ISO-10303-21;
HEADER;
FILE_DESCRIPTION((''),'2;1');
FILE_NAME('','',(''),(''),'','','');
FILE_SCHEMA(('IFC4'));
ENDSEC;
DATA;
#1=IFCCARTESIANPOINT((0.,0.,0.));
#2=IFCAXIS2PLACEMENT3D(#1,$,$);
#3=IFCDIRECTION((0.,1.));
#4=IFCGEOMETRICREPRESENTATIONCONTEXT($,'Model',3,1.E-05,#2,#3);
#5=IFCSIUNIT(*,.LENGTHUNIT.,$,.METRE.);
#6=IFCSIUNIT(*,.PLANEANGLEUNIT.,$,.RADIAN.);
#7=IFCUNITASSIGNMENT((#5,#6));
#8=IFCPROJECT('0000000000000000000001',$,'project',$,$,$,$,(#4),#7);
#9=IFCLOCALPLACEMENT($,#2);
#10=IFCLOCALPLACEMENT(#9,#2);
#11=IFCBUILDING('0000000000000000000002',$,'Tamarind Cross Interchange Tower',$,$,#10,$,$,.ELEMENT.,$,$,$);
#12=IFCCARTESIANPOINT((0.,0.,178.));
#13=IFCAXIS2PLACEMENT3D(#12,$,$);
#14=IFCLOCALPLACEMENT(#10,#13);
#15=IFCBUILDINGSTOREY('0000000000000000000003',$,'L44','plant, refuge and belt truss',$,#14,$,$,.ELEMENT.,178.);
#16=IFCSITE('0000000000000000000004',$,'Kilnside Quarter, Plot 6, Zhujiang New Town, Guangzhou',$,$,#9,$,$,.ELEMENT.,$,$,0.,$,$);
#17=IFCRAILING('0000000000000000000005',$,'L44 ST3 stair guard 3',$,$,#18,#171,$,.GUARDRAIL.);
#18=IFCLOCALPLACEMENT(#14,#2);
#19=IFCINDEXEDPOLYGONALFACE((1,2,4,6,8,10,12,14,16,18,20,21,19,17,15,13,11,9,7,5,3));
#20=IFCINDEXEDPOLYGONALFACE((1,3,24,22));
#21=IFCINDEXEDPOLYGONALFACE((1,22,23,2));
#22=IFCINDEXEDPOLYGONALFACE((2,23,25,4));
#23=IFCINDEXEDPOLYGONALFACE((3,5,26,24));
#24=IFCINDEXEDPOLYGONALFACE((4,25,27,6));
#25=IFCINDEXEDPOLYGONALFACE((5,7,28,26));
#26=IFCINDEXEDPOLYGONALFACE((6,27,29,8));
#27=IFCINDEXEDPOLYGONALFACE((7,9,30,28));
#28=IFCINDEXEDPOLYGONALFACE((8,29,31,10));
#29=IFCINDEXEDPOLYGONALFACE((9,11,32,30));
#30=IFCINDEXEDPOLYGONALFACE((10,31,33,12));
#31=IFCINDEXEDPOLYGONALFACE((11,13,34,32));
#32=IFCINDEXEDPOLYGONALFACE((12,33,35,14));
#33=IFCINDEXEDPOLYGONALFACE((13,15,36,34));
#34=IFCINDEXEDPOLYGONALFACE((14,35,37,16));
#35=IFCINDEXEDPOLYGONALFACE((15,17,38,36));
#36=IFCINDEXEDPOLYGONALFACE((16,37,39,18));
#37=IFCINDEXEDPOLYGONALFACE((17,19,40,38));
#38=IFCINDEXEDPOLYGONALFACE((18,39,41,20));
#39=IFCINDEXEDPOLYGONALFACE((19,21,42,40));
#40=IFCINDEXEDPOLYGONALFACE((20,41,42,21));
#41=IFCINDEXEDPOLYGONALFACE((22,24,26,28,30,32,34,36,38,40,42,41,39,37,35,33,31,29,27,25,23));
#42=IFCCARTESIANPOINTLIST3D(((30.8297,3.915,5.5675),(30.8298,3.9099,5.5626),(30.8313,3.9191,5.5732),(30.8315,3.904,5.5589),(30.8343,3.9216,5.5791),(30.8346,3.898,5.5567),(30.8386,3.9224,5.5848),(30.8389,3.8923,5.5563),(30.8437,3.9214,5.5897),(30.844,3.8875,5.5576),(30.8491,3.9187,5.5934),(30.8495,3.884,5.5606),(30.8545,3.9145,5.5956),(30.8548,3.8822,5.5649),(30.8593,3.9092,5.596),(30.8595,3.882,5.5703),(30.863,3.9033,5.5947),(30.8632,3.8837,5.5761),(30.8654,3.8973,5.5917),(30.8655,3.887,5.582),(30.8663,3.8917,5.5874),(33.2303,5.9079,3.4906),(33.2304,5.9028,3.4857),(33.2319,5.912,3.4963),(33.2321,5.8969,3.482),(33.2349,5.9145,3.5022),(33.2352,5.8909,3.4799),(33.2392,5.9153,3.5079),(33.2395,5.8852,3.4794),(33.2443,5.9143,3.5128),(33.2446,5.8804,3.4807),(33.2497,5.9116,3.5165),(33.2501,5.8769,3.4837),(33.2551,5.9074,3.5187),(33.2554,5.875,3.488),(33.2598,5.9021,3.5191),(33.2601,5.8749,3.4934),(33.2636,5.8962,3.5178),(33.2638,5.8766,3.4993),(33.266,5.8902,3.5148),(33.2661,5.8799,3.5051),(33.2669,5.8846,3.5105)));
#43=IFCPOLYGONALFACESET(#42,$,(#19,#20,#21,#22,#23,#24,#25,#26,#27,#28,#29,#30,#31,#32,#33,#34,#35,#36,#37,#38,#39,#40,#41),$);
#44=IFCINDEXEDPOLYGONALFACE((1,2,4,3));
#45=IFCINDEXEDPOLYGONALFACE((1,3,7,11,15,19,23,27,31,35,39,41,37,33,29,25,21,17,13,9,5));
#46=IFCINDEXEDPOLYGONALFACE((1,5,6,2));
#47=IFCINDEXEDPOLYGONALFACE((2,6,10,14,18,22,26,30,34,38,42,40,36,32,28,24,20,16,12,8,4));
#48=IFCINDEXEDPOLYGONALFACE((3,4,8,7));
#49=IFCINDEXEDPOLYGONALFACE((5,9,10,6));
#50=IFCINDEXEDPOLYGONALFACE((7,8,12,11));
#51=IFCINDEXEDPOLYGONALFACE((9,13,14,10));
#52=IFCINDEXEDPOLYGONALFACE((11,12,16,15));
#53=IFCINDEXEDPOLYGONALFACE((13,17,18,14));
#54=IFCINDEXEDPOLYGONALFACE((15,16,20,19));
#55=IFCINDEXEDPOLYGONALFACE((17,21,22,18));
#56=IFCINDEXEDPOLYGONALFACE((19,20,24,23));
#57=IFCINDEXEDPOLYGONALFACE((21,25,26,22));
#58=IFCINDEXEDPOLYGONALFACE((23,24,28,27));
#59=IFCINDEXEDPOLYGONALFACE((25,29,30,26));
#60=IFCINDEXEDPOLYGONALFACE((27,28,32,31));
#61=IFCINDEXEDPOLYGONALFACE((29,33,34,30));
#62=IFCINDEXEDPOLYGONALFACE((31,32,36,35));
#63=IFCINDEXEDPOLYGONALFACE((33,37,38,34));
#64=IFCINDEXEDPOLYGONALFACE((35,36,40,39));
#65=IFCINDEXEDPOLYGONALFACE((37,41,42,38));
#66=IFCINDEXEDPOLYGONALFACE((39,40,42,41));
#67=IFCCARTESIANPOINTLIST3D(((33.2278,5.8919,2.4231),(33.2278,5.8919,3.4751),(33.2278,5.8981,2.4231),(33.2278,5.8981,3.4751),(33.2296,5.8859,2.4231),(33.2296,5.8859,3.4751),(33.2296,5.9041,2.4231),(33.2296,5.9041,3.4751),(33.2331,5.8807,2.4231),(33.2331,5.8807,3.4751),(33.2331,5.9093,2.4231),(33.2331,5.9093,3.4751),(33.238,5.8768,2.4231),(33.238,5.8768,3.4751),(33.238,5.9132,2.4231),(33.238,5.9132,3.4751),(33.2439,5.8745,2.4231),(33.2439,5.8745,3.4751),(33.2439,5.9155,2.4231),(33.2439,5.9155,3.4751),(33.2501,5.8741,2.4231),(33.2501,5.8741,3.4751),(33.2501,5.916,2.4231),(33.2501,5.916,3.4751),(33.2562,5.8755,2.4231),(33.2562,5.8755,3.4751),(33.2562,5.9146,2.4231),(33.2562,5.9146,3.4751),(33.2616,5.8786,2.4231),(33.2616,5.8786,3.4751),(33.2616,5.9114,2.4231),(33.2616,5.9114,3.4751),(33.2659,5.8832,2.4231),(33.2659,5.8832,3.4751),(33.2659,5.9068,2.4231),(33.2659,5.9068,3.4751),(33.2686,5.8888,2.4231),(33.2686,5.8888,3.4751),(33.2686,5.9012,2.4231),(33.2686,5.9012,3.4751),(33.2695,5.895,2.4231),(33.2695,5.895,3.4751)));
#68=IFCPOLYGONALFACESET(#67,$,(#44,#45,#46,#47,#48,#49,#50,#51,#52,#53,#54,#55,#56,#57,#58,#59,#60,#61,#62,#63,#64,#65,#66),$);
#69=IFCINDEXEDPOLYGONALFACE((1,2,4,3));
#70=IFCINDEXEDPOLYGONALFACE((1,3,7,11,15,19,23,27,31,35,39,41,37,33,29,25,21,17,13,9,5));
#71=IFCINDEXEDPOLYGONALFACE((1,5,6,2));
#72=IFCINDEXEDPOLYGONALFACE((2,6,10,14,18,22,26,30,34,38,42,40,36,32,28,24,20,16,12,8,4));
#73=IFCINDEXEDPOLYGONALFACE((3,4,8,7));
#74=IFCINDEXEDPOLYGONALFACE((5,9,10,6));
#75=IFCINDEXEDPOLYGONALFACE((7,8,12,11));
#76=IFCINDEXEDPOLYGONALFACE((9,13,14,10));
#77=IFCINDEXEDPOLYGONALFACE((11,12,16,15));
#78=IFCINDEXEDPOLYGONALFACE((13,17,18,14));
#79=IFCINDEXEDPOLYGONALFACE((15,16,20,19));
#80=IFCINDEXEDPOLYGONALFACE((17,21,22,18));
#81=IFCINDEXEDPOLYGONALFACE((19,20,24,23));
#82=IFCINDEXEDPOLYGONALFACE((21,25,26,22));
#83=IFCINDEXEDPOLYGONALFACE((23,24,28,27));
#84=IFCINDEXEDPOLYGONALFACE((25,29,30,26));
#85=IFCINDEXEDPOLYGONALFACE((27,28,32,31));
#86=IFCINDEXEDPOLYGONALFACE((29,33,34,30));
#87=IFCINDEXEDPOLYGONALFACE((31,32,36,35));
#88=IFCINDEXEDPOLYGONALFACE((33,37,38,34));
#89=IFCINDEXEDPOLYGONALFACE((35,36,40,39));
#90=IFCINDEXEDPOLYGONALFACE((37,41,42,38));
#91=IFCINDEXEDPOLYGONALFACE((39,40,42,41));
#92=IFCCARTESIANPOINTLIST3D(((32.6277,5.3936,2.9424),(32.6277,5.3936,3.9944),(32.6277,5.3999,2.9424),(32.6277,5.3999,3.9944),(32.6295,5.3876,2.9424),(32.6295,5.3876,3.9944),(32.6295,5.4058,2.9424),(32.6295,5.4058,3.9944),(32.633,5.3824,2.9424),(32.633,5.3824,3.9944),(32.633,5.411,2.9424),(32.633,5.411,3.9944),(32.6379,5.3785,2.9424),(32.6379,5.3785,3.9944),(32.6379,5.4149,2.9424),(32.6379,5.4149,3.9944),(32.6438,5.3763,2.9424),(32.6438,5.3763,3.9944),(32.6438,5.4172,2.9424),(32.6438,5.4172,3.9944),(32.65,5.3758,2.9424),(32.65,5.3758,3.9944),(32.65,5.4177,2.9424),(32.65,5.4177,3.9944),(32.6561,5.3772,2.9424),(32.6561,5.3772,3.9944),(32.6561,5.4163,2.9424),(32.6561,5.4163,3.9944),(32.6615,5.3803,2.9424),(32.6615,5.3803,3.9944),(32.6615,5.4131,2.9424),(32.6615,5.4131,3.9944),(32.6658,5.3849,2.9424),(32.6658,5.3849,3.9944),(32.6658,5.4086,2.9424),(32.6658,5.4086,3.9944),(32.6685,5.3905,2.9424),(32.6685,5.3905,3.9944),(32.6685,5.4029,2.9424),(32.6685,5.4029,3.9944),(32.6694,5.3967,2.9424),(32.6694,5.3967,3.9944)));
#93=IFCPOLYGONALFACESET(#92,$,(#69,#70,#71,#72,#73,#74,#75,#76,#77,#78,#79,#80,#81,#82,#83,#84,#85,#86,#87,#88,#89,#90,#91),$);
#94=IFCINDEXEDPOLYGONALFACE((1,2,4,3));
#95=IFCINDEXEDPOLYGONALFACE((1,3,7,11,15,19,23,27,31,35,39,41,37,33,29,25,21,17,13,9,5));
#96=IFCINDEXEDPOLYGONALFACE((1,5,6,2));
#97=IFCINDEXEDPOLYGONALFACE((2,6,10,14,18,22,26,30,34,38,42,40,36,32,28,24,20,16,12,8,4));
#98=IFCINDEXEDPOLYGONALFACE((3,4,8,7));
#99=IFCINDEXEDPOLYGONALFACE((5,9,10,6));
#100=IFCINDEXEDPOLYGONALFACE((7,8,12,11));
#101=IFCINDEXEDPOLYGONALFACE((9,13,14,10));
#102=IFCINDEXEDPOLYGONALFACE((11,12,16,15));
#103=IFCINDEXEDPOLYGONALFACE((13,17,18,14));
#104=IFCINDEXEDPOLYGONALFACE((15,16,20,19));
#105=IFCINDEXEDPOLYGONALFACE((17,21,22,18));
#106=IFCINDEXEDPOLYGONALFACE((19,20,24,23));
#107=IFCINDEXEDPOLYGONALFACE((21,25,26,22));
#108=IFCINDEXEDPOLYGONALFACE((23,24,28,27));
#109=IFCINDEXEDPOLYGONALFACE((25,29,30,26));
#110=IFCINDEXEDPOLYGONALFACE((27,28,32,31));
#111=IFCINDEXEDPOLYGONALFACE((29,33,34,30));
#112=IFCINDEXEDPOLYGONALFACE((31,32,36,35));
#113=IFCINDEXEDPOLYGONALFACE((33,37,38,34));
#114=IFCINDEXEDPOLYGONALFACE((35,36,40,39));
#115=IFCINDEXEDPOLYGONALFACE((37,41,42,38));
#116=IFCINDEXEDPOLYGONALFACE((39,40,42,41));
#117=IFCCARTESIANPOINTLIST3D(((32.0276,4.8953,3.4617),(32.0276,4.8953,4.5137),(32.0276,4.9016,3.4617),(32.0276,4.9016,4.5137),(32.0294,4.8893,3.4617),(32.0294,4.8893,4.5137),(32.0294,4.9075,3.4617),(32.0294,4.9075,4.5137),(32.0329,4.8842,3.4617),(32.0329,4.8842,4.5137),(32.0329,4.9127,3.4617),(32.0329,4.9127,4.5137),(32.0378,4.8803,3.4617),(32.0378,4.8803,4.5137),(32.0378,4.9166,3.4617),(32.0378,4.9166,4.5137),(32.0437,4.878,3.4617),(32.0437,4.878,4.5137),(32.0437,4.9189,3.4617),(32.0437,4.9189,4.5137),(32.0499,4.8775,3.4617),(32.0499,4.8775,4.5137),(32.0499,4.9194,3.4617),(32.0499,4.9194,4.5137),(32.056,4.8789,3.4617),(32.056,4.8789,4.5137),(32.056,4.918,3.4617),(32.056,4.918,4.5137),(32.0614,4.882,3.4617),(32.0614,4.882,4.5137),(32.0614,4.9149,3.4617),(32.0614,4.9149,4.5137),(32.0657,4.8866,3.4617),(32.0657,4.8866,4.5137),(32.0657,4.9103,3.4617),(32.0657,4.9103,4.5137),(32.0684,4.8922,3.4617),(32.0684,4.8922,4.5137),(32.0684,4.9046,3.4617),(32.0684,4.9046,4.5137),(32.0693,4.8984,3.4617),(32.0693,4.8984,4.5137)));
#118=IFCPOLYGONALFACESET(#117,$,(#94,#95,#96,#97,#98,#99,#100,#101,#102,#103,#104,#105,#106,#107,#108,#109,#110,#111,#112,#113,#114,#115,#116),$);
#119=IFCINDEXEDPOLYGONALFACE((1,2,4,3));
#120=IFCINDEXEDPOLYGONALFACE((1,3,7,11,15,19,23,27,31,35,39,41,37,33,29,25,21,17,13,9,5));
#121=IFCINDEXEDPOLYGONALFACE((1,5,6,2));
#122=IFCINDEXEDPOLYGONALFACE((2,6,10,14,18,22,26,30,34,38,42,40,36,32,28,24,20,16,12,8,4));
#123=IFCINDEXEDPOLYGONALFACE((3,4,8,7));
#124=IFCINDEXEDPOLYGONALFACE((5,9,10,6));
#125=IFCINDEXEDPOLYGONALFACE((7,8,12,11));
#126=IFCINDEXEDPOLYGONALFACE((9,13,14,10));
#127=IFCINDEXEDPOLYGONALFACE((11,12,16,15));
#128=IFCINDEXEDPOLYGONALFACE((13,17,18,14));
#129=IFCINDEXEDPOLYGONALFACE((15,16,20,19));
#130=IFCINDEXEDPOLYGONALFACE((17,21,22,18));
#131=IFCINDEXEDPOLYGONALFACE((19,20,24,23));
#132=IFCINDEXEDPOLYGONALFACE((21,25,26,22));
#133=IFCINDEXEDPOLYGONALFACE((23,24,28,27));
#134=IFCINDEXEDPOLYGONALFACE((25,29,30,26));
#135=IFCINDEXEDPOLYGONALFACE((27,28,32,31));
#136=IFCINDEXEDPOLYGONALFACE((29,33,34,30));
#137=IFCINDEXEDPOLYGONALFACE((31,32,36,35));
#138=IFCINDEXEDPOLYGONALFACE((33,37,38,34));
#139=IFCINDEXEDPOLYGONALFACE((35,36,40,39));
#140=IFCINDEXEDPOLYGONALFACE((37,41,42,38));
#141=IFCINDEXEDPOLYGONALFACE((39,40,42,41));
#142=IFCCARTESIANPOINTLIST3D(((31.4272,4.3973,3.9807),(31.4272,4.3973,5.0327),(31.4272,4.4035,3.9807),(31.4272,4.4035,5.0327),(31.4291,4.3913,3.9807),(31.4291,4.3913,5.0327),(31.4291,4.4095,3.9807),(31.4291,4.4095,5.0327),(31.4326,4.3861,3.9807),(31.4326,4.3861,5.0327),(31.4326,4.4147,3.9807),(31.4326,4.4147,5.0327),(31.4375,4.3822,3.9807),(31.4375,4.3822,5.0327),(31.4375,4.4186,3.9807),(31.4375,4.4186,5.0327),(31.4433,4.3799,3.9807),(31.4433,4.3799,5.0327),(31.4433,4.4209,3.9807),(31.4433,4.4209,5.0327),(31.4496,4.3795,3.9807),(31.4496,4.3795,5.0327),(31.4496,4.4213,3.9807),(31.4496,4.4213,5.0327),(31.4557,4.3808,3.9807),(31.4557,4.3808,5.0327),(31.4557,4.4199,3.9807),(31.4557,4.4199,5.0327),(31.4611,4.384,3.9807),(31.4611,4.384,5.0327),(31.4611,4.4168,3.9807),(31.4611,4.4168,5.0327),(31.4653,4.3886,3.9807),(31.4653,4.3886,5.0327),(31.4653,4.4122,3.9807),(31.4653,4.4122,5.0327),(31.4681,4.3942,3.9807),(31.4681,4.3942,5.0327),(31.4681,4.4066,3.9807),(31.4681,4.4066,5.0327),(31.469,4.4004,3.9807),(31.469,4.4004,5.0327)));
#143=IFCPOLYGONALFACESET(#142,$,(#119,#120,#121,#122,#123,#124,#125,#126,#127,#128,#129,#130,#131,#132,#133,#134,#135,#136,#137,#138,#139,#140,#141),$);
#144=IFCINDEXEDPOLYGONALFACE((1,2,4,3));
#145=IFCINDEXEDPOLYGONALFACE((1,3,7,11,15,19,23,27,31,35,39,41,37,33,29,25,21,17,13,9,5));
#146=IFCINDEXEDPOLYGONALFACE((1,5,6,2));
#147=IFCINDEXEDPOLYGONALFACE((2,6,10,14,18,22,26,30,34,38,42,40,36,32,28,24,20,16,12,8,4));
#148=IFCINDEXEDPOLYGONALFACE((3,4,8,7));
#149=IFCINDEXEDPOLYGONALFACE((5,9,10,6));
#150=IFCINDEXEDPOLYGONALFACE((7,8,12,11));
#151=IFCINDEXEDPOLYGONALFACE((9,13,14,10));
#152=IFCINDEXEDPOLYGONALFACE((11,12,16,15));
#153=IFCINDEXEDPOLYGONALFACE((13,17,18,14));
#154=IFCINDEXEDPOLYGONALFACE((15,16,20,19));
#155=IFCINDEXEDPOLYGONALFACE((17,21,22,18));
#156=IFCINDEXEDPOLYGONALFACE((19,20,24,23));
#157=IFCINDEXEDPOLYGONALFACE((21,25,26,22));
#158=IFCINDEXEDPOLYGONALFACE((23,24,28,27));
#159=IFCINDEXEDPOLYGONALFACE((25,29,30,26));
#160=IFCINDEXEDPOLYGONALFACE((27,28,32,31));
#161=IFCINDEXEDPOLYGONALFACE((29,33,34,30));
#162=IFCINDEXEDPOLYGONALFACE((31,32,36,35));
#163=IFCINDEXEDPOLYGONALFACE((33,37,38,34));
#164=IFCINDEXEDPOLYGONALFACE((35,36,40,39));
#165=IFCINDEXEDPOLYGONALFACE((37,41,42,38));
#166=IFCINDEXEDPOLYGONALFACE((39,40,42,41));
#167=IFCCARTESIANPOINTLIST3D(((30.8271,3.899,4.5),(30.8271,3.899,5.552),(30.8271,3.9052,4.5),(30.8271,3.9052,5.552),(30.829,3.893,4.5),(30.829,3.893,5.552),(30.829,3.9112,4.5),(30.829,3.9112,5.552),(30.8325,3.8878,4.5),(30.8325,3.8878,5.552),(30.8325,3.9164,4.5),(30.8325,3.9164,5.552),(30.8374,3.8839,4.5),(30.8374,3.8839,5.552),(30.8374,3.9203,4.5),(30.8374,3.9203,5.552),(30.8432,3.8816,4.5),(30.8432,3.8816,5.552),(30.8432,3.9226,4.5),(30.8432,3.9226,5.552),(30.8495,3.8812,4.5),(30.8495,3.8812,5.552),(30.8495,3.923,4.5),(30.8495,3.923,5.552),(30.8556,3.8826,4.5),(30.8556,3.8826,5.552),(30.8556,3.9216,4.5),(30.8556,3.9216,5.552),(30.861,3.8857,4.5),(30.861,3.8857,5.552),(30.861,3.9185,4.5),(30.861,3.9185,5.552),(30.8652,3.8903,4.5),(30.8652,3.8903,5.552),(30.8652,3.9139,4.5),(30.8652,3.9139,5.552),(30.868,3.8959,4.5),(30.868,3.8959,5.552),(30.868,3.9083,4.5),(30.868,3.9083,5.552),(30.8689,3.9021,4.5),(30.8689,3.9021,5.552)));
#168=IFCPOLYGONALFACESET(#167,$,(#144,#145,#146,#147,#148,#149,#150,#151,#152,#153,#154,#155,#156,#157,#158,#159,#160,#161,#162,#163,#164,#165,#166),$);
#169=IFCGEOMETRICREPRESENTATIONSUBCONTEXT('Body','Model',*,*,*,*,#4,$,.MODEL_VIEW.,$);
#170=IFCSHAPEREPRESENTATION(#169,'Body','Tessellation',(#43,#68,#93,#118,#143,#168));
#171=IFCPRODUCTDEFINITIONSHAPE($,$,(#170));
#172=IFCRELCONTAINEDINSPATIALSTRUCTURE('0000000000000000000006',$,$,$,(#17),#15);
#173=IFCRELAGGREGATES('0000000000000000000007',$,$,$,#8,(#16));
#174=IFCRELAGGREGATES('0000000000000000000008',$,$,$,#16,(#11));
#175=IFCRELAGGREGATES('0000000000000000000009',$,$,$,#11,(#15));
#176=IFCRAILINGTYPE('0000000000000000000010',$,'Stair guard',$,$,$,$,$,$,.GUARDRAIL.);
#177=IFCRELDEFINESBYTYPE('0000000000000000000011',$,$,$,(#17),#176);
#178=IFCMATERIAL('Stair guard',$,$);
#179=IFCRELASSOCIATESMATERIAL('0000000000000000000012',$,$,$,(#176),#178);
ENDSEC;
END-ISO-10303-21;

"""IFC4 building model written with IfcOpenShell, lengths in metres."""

from ifc_helpers import new_model, si_unit, direction, frame, origin, origin_2d, place, context, subcontext, project, spatial, circle, extrude, material, type_object, element, save


model = new_model("IFC4")

# Units and contexts
model_context = context("Model", 3, precision=1e-05, world=origin(), true_north=direction((0.0, 1.0)))
body_context = subcontext(model_context, "Body", "Model", "MODEL_VIEW")
ifc_project = project(units=[si_unit("LENGTHUNIT", "METRE"), si_unit("PLANEANGLEUNIT", "RADIAN")], contexts=[model_context])

# Site, building, storey
site_placement = place(None, origin())
site = spatial("IfcSite", under=ifc_project, at=site_placement, Name="Kilnside Quarter, Plot 6, Zhujiang New Town, Guangzhou", CompositionType="ELEMENT", RefElevation=0.0)
building_placement = place(site_placement, origin())
building = spatial("IfcBuilding", under=site, at=building_placement, Name="Tamarind Cross Interchange Tower", CompositionType="ELEMENT")
storey_placement = place(building_placement, frame((0.0, 0.0, 178.0)))
storey = spatial("IfcBuildingStorey", under=building, at=storey_placement, Name="L44", Description="plant, refuge and belt truss", CompositionType="ELEMENT", Elevation=178.0)

# Railing
ifc_material_1 = material(Name="Stair guard")
railing_type_1 = type_object("IfcRailingType", Name="Stair guard", PredefinedType="GUARDRAIL", material=ifc_material_1)
railing_1_placement = place(storey_placement, frame((33.2485, 5.895, 2.4231)))
element("IfcRailing", 1, at=railing_1_placement, inside=storey, type_object=railing_type_1, Name="L44 ST3 stair guard 3", PredefinedType="GUARDRAIL", context=body_context, shape_type="SweptSolid", body=[
    extrude(circle(Radius=0.0239, at=origin_2d()), frame((0.0, 0.0, 1.0762), z_axis=(-0.640493, -0.531714, 0.554121), x_axis=(0.638744, -0.769419, 0.0)), (0.0, 0.0, 1.0), 3.748),
    extrude(circle(Radius=0.021, at=origin_2d()), origin(), (0.0, 0.0, 1.0), 1.052),
    extrude(circle(Radius=0.021, at=origin_2d()), frame((-0.6001, -0.4983, 0.5193)), (0.0, 0.0, 1.0), 1.052),
    extrude(circle(Radius=0.021, at=origin_2d()), frame((-1.2002, -0.9966, 1.0386)), (0.0, 0.0, 1.0), 1.052),
    extrude(circle(Radius=0.021, at=origin_2d()), frame((-1.8005, -1.4946, 1.5576)), (0.0, 0.0, 1.0), 1.052),
    extrude(circle(Radius=0.021, at=origin_2d()), frame((-2.4006, -1.9929, 2.0769)), (0.0, 0.0, 1.0), 1.052),
])

save(model, "model.ifc")
